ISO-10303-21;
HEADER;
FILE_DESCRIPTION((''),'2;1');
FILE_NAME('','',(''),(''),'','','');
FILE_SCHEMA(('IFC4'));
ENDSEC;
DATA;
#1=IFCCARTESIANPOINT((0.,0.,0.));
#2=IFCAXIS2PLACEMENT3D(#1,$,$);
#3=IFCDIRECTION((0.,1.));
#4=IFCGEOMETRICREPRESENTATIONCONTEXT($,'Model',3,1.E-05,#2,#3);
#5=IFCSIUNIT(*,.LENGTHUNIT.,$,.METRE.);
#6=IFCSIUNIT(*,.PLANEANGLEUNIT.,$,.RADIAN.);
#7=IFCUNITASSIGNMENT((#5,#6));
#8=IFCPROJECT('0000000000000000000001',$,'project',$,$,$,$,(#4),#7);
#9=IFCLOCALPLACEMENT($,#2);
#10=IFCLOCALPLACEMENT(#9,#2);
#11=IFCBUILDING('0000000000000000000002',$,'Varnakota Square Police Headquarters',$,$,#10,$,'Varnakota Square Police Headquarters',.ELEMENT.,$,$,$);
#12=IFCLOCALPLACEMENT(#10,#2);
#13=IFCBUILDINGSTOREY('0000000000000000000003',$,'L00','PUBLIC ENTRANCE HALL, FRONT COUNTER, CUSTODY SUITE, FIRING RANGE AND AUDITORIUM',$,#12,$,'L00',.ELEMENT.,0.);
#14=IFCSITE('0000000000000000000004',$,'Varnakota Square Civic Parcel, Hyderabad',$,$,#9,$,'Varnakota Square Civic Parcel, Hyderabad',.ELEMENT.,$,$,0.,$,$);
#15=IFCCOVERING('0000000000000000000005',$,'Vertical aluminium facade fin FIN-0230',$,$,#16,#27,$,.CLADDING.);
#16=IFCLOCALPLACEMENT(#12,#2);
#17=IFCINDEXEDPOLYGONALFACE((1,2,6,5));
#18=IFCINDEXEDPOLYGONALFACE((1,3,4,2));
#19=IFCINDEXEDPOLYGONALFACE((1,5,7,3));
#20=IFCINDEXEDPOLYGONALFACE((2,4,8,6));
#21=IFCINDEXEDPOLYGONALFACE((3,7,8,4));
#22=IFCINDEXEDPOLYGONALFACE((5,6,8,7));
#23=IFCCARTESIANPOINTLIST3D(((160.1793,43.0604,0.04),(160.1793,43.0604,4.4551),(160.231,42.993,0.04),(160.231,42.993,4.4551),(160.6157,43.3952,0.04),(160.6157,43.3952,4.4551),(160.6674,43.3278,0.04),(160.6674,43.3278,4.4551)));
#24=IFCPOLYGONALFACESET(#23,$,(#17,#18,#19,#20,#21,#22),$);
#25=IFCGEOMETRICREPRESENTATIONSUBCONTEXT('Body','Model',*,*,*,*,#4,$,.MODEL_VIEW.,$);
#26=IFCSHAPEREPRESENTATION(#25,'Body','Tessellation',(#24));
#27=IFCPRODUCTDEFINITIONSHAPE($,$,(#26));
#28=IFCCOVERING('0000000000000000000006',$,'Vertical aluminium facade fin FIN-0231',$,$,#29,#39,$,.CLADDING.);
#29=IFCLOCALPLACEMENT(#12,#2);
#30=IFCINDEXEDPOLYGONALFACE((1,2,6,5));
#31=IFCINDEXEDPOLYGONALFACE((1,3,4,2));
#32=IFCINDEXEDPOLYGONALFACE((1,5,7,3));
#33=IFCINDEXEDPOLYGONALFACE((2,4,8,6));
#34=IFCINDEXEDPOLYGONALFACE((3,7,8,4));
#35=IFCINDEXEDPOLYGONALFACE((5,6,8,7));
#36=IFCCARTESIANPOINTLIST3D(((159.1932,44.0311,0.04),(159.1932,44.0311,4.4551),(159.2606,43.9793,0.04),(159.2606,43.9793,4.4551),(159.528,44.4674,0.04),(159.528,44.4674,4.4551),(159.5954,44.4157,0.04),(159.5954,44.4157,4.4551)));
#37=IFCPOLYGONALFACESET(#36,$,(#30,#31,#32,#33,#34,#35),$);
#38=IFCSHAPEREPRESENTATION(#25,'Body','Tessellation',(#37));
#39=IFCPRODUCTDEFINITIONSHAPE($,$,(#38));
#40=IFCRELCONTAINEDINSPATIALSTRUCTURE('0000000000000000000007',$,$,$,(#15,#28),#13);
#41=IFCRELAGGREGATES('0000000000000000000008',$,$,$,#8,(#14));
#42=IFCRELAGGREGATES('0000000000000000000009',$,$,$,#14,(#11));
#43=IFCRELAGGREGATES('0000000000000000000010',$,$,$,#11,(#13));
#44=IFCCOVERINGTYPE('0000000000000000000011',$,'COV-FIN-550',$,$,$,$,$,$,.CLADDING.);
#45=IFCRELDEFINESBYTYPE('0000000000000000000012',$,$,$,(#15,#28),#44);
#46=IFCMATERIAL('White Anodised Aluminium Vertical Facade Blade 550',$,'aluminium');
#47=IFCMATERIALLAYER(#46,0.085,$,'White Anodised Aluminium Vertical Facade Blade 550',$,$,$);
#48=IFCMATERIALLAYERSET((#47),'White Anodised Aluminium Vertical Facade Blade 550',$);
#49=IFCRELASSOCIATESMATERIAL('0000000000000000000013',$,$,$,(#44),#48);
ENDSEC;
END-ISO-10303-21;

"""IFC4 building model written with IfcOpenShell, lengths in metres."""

from ifc_helpers import new_model, si_unit, direction, frame, origin, origin_2d, place, context, subcontext, project, spatial, rectangle, extrude, material, layer, layer_set, type_object, element, save


model = new_model("IFC4")

# Units and contexts
model_context = context("Model", 3, precision=1e-05, world=origin(), true_north=direction((0.0, 1.0)))
body_context = subcontext(model_context, "Body", "Model", "MODEL_VIEW")
ifc_project = project(units=[si_unit("LENGTHUNIT", "METRE"), si_unit("PLANEANGLEUNIT", "RADIAN")], contexts=[model_context])

# Site, building, storey
site_placement = place(None, origin())
site = spatial("IfcSite", under=ifc_project, at=site_placement, Name="Varnakota Square Civic Parcel, Hyderabad", LongName="Varnakota Square Civic Parcel, Hyderabad", CompositionType="ELEMENT", RefElevation=0.0)
building_placement = place(site_placement, origin())
building = spatial("IfcBuilding", under=site, at=building_placement, Name="Varnakota Square Police Headquarters", LongName="Varnakota Square Police Headquarters", CompositionType="ELEMENT")
storey_placement = place(building_placement, origin())
storey = spatial("IfcBuildingStorey", under=building, at=storey_placement, Name="L00", Description="PUBLIC ENTRANCE HALL, FRONT COUNTER, CUSTODY SUITE, FIRING RANGE AND AUDITORIUM", LongName="L00", CompositionType="ELEMENT", Elevation=0.0)

# Coverings
ifc_material_1 = material(Name="White Anodised Aluminium Vertical Facade Blade 550", Category="aluminium")
ifc_layer_1 = layer(ifc_material_1, 0.085, Name="White Anodised Aluminium Vertical Facade Blade 550")
ifc_layer_set_1 = layer_set([ifc_layer_1], Name="White Anodised Aluminium Vertical Facade Blade 550")
covering_type_1 = type_object("IfcCoveringType", Name="COV-FIN-550", PredefinedType="CLADDING", material=ifc_layer_set_1)
for number, where, z_axis, x_axis, name in (
    (1, (160.4233, 43.1941, 0.04), (0.0, 0.0, 1.0), (-0.608761, 0.793353, 0.0), "Vertical aluminium facade fin FIN-0230"),
    (2, (159.3943, 44.2234, 0.04), (0.0, 0.0, 1.0), (-0.793353, 0.608761, 0.0), "Vertical aluminium facade fin FIN-0231"),
):
    element("IfcCovering", number, at=place(storey_placement, frame(where, z_axis=z_axis, x_axis=x_axis)), inside=storey, type_object=covering_type_1, Name=name, PredefinedType="CLADDING", context=body_context, shape_type="SweptSolid", body=[
        extrude(rectangle(XDim=0.085, YDim=0.55, at=origin_2d()), origin(), (0.0, 0.0, 1.0), 4.415),
    ])

save(model, "model.ifc")
